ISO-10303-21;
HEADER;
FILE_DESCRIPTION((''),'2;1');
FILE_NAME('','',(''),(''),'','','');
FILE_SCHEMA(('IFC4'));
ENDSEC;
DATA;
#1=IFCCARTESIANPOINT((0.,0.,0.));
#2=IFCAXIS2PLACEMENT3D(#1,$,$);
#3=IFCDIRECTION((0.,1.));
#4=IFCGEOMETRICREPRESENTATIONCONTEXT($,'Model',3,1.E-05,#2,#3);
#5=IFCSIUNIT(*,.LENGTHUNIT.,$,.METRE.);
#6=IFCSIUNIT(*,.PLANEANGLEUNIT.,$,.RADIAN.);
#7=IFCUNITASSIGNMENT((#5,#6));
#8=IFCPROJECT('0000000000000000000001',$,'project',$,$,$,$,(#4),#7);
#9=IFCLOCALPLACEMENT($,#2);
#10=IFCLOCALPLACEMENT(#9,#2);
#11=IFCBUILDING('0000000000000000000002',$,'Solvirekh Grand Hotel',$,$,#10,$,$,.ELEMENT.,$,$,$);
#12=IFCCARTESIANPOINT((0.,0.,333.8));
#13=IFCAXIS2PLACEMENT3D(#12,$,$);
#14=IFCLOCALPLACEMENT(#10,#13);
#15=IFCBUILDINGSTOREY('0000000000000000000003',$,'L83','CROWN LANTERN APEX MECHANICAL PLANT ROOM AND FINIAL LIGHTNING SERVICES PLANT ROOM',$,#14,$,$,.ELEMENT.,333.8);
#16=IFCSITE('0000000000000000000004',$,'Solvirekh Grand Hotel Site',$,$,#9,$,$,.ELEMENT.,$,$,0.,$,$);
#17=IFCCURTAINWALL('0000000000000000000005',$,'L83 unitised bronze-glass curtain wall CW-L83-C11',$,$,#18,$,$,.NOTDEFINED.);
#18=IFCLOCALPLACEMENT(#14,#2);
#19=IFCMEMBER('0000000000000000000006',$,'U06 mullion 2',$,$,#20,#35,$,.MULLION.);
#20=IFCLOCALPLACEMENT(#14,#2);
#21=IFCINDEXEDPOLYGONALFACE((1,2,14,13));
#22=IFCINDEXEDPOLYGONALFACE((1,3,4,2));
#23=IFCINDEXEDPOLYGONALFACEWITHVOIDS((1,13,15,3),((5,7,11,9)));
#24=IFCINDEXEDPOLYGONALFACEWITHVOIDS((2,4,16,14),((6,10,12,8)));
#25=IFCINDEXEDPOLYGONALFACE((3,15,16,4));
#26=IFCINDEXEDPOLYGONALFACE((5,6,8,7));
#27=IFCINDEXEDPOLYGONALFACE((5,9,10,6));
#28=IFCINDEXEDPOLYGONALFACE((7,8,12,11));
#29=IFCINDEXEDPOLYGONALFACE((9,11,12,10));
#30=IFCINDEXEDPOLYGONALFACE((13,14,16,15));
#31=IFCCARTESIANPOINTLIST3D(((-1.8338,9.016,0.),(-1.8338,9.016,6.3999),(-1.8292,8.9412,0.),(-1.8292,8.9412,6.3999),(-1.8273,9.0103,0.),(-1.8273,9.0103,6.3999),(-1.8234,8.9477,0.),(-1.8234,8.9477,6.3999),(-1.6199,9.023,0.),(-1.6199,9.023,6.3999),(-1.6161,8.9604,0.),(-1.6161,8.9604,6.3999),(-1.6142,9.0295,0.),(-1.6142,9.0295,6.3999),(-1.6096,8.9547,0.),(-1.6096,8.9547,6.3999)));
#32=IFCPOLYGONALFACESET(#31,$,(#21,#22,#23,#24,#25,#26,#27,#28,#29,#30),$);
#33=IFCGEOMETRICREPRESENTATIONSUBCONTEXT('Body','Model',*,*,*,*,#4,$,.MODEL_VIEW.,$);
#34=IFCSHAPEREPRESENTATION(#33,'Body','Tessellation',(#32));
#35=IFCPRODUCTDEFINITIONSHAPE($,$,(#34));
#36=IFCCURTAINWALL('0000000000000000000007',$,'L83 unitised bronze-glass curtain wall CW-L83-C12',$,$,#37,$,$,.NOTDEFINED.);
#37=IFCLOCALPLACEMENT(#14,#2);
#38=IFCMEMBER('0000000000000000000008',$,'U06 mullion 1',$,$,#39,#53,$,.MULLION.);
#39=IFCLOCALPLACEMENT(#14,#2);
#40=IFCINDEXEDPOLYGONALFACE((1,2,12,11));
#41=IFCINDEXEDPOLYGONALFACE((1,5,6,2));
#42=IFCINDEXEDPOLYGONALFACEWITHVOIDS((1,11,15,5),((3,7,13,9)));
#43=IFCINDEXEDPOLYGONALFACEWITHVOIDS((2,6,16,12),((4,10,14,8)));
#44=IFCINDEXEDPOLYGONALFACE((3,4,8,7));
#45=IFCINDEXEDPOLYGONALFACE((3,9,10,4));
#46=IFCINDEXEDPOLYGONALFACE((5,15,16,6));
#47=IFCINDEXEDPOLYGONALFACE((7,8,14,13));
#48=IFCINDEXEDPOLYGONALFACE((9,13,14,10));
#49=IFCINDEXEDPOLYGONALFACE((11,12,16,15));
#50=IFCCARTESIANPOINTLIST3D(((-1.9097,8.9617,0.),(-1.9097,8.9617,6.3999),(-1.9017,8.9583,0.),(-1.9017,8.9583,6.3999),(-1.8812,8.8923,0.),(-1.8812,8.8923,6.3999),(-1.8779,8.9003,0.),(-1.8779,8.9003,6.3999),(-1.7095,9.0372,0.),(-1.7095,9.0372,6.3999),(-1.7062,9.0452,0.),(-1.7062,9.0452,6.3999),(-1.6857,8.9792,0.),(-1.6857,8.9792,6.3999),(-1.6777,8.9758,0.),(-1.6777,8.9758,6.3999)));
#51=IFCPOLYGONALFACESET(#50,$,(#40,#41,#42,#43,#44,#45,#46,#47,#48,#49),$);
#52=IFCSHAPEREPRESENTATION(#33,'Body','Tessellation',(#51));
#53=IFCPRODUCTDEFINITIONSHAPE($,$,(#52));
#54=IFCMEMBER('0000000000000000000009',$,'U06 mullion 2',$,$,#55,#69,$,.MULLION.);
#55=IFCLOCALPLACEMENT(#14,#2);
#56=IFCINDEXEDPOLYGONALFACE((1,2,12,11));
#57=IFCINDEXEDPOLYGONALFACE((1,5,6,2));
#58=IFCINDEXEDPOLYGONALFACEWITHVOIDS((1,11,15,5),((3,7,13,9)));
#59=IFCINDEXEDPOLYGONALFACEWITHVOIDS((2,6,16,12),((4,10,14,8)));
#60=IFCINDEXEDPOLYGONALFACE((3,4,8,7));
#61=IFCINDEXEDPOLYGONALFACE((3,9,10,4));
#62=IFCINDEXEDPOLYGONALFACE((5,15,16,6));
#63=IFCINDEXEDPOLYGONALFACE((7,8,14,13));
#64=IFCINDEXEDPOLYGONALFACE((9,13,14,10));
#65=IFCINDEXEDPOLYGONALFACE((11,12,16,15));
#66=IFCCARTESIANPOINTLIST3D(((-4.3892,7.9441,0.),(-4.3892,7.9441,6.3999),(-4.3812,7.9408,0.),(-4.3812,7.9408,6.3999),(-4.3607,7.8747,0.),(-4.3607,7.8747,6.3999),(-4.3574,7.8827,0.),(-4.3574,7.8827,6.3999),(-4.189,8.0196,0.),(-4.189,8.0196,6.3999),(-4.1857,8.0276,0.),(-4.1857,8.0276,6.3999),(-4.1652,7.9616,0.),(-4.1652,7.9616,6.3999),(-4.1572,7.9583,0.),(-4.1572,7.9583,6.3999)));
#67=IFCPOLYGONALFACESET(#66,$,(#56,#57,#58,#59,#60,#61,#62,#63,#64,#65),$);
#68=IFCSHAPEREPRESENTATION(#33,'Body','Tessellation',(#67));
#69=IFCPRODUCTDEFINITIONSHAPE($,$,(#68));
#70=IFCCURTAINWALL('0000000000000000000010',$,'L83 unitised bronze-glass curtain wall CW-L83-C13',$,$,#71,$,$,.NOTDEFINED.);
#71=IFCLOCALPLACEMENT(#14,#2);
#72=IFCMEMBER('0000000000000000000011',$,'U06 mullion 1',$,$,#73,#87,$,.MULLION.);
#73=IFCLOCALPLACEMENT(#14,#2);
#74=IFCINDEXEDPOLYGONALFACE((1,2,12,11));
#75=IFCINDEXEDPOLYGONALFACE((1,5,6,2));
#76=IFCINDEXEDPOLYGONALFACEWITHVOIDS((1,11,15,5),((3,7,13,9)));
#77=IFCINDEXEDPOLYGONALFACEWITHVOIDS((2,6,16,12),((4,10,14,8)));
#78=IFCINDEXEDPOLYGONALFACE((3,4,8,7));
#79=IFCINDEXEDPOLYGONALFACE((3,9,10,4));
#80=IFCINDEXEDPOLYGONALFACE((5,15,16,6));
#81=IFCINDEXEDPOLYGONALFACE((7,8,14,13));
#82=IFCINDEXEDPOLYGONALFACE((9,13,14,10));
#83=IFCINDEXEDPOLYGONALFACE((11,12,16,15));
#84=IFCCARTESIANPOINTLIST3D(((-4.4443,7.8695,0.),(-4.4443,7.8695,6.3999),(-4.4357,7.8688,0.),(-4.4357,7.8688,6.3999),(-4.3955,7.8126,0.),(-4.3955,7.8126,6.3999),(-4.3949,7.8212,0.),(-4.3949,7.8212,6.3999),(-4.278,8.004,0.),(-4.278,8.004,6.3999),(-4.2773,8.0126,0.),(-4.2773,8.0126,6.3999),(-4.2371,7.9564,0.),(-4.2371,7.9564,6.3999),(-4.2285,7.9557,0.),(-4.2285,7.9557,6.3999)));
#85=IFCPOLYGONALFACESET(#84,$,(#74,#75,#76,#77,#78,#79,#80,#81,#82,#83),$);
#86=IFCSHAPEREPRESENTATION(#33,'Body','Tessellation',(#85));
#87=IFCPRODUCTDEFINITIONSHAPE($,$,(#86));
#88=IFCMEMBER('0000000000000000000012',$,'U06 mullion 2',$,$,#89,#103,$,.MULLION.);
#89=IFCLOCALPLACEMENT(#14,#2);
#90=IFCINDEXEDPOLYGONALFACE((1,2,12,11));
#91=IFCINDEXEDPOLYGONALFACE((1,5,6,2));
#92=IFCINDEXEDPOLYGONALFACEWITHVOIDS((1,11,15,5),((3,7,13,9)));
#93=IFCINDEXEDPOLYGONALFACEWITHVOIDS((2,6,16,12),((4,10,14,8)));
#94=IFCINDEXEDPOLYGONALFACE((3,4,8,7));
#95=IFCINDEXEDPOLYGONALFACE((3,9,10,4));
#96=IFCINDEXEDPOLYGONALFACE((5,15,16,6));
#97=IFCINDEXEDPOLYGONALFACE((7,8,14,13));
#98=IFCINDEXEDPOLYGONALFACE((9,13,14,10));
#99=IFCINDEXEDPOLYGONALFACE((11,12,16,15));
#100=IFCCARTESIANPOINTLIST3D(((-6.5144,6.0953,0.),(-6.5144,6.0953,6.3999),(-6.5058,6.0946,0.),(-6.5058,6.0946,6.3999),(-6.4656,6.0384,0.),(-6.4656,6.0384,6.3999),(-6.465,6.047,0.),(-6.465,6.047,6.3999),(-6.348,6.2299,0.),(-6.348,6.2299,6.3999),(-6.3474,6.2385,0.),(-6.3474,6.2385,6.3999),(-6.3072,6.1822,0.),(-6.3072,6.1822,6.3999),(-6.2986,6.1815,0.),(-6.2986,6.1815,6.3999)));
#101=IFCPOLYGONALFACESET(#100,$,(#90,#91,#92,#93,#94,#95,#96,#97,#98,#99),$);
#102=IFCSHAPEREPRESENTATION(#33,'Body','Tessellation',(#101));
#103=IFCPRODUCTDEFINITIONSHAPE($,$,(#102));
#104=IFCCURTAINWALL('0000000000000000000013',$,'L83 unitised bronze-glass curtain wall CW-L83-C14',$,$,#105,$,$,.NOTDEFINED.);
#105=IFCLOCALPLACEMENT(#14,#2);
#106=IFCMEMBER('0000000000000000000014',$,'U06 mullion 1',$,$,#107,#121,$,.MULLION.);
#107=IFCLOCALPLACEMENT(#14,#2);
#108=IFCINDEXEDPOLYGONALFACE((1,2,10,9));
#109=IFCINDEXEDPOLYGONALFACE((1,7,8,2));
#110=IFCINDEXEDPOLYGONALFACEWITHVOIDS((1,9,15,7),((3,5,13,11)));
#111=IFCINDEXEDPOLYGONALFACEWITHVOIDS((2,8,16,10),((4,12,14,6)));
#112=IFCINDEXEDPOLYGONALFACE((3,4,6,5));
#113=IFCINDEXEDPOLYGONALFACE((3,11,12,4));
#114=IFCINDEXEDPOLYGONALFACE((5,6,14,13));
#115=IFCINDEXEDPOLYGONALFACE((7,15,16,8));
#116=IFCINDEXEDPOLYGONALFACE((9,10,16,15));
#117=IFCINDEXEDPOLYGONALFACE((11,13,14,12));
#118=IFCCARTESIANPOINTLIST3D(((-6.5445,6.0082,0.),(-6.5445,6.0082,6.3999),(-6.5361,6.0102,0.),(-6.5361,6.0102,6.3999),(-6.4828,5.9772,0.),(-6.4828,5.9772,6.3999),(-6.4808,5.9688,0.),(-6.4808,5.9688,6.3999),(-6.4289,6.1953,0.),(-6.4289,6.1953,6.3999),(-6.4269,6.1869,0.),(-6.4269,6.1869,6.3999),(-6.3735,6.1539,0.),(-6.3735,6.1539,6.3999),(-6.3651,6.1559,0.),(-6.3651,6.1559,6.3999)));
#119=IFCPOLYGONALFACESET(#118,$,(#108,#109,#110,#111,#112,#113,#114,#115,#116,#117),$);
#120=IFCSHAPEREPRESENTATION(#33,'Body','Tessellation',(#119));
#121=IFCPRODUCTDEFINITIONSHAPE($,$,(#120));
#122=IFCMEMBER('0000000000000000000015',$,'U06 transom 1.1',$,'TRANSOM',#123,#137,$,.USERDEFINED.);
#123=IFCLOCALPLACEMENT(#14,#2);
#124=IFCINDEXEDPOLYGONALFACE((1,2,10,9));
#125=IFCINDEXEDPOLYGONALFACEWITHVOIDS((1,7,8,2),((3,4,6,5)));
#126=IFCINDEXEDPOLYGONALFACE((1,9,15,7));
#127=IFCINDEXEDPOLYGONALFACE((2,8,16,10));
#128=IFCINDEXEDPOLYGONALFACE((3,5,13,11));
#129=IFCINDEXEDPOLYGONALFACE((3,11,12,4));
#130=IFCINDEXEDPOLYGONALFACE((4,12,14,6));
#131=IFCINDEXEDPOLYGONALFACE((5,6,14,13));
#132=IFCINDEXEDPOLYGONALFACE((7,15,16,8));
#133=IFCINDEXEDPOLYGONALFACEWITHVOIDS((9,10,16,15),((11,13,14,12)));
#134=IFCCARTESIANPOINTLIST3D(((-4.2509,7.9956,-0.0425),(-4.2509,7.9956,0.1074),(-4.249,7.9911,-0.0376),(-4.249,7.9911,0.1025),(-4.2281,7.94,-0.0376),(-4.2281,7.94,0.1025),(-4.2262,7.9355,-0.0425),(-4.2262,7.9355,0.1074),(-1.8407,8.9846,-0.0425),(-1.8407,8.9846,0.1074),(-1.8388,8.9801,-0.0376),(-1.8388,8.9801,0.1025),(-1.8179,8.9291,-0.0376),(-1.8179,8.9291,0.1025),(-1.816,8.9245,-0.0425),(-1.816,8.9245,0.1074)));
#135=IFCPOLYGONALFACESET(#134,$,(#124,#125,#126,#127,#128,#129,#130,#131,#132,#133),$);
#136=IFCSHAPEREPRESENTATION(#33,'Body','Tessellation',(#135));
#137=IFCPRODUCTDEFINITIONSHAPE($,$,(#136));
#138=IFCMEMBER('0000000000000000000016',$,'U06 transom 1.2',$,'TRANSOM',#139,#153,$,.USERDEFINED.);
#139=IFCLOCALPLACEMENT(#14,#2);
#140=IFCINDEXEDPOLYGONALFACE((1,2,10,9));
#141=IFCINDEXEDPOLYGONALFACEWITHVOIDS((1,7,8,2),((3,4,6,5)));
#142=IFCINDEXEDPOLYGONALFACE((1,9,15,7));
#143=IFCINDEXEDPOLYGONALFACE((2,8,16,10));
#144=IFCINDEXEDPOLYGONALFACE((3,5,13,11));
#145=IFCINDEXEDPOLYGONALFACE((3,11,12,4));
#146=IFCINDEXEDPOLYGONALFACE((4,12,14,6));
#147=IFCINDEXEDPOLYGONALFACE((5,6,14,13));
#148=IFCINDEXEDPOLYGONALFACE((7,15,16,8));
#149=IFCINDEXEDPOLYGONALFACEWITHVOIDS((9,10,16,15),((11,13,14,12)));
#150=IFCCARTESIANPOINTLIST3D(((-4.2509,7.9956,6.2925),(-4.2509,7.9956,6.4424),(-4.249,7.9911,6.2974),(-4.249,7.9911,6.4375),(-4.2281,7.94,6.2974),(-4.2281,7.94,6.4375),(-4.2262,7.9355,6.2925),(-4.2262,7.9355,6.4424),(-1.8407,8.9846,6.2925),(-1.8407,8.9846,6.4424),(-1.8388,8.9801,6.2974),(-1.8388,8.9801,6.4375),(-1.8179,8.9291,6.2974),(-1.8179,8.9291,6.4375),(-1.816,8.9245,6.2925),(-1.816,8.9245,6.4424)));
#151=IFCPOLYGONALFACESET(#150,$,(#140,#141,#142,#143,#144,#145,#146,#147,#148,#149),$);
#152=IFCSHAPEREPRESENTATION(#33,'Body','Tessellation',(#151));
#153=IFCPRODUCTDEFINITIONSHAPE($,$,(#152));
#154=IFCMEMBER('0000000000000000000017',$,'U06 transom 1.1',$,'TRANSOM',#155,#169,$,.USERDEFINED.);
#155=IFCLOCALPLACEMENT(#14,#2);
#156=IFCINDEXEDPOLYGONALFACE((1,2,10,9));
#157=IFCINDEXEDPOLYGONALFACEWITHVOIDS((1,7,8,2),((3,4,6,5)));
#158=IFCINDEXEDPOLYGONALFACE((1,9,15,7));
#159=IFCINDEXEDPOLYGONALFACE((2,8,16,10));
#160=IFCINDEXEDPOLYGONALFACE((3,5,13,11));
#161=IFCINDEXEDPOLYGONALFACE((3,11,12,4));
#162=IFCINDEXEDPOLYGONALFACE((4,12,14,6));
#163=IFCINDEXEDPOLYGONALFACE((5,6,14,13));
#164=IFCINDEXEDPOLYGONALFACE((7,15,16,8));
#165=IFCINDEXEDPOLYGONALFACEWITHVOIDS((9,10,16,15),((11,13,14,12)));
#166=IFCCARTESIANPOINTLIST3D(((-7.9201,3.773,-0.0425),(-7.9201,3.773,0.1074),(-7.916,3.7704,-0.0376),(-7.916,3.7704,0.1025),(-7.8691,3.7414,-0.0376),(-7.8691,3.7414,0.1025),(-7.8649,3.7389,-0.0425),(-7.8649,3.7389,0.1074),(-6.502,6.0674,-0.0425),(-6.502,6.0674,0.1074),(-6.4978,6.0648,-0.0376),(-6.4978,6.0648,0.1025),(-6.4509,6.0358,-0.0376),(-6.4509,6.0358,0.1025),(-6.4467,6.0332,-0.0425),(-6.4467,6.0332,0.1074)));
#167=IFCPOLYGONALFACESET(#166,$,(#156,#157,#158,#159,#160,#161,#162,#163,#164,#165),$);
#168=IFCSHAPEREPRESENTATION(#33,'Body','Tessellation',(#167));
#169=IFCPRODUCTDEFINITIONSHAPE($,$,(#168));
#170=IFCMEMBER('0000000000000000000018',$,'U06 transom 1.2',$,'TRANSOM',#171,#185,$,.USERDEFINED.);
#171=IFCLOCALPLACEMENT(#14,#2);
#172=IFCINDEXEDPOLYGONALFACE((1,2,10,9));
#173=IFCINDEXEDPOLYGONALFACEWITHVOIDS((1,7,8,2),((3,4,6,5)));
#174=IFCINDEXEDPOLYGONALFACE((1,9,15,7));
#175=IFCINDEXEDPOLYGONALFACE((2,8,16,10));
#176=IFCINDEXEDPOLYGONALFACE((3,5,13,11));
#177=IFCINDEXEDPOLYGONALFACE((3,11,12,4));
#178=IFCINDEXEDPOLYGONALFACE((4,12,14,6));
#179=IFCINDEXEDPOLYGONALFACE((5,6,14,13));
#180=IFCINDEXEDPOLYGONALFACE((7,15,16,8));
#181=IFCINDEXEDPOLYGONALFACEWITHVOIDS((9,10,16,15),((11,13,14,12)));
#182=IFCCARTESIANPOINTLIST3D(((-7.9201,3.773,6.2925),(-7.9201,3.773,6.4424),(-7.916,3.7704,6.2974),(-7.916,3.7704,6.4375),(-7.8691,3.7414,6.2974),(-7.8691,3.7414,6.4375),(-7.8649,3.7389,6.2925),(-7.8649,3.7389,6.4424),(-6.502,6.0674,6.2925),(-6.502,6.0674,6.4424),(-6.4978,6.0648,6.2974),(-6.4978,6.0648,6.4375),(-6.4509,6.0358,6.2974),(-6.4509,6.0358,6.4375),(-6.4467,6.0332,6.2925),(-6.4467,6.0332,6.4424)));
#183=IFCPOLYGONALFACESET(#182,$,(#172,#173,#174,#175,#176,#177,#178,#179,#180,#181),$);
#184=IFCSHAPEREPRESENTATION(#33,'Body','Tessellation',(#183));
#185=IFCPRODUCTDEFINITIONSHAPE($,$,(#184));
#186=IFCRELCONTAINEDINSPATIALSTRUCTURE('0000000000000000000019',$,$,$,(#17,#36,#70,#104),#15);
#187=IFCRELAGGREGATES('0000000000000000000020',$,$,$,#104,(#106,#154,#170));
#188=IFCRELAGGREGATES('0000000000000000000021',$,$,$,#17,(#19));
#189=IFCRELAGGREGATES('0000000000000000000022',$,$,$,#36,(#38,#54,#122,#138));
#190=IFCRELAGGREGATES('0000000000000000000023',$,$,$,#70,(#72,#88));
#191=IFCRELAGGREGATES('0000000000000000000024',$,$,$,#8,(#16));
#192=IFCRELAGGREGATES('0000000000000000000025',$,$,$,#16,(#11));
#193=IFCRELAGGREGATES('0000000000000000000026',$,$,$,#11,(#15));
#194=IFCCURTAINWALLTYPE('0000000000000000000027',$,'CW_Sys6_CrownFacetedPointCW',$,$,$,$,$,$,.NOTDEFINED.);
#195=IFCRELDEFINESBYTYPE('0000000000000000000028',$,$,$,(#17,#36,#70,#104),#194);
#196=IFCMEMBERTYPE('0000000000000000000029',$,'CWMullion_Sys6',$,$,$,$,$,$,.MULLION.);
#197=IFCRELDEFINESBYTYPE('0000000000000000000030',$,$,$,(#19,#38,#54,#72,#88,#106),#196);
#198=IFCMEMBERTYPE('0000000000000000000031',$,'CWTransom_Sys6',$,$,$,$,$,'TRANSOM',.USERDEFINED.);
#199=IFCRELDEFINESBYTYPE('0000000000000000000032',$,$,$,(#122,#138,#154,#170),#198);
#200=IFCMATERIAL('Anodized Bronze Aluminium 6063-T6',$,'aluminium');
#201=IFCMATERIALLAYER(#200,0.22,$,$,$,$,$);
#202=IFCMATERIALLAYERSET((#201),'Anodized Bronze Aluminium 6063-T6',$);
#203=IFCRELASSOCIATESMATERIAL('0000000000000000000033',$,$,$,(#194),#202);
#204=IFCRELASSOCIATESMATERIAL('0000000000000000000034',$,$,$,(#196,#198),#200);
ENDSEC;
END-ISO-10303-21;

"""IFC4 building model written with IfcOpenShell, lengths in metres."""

from ifc_helpers import new_model, si_unit, direction, frame, origin, origin_2d, place, context, subcontext, project, spatial, hollow_rectangle, extrude, source, transform, mapped, material, layer, layer_set, material_profile, profile_set, type_object, element, aggregate, save


model = new_model("IFC4")

# Units and contexts
model_context = context("Model", 3, precision=1e-05, world=origin(), true_north=direction((0.0, 1.0)))
body_context = subcontext(model_context, "Body", "Model", "MODEL_VIEW")
ifc_project = project(units=[si_unit("LENGTHUNIT", "METRE"), si_unit("PLANEANGLEUNIT", "RADIAN")], contexts=[model_context])

# Site, building, storey
site_placement = place(None, origin())
site = spatial("IfcSite", under=ifc_project, at=site_placement, Name="Solvirekh Grand Hotel Site", CompositionType="ELEMENT", RefElevation=0.0)
building_placement = place(site_placement, origin())
building = spatial("IfcBuilding", under=site, at=building_placement, Name="Solvirekh Grand Hotel", CompositionType="ELEMENT")
storey_placement = place(building_placement, frame((0.0, 0.0, 333.8)))
storey = spatial("IfcBuildingStorey", under=building, at=storey_placement, Name="L83", Description="CROWN LANTERN APEX MECHANICAL PLANT ROOM AND FINIAL LIGHTNING SERVICES PLANT ROOM", CompositionType="ELEMENT", Elevation=333.8)

# Curtain wall, member
ifc_material_1 = material(Name="Anodized Bronze Aluminium 6063-T6", Category="aluminium")
ifc_layer_1 = layer(ifc_material_1, 0.22)
ifc_layer_set_1 = layer_set([ifc_layer_1], Name="Anodized Bronze Aluminium 6063-T6")
curtain_wall_type = type_object("IfcCurtainWallType", Name="CW_Sys6_CrownFacetedPointCW", PredefinedType="NOTDEFINED", material=ifc_layer_set_1)
curtain_wall_1_placement = place(storey_placement, origin())
curtain_wall_1 = element("IfcCurtainWall", 1, at=curtain_wall_1_placement, inside=storey, type_object=curtain_wall_type, Name="L83 unitised bronze-glass curtain wall CW-L83-C11", PredefinedType="NOTDEFINED")
ifc_material_profile_1 = material_profile(ifc_material_1, hollow_rectangle(XDim=0.075, YDim=0.22, WallThickness=0.0061, at=origin_2d()), Name="ALU RHS 220X75X6")
ifc_profile_set_1 = profile_set([ifc_material_profile_1], Name="Anodized Bronze Aluminium 6063-T6")
member_type_1 = type_object("IfcMemberType", Name="CWMullion_Sys6", PredefinedType="MULLION", material=ifc_profile_set_1)
shared_shape_1 = source(origin(), body_context, "Body", "SweptSolid", [
    extrude(hollow_rectangle(XDim=0.075, YDim=0.22, WallThickness=0.0061, at=origin_2d()), origin(), (0.0, 0.0, 1.0), 6.3999),
])
member_1_placement = place(storey_placement, frame((-1.7217, 8.9854, 0.0), z_axis=(0.0, 0.0, 1.0), x_axis=(0.061259, -0.998122, 0.0)))
member_1 = element("IfcMember", 2, at=member_1_placement, type_object=member_type_1, Name="U06 mullion 2", PredefinedType="MULLION", context=body_context, shape_type="MappedRepresentation", body=[
    mapped(shared_shape_1, transform((0.0, 0.0, 0.0), x_axis=(1.0, 0.0, 0.0), y_axis=(0.0, 1.0, 0.0), z_axis=(0.0, 0.0, 1.0), scale=1.0)),
])

# Curtain walls, members
curtain_wall_2_placement = place(storey_placement, origin())
curtain_wall_2 = element("IfcCurtainWall", 3, at=curtain_wall_2_placement, inside=storey, type_object=curtain_wall_type, Name="L83 unitised bronze-glass curtain wall CW-L83-C12", PredefinedType="NOTDEFINED")
member_2_placement = place(storey_placement, frame((-1.7937, 8.9688, 0.0), z_axis=(0.0, 0.0, 1.0), x_axis=(0.379636, -0.925136, 0.0)))
member_2 = element("IfcMember", 4, at=member_2_placement, type_object=member_type_1, Name="U06 mullion 1", PredefinedType="MULLION", context=body_context, shape_type="MappedRepresentation", body=[
    mapped(shared_shape_1, transform((0.0, 0.0, 0.0), x_axis=(1.0, 0.0, 0.0), y_axis=(0.0, 1.0, 0.0), z_axis=(0.0, 0.0, 1.0), scale=1.0)),
])
member_3_placement = place(storey_placement, frame((-4.2732, 7.9512, 0.0), z_axis=(0.0, 0.0, 1.0), x_axis=(0.379636, -0.925136, 0.0)))
member_3 = element("IfcMember", 5, at=member_3_placement, type_object=member_type_1, Name="U06 mullion 2", PredefinedType="MULLION", context=body_context, shape_type="MappedRepresentation", body=[
    mapped(shared_shape_1, transform((0.0, 0.0, 0.0), x_axis=(1.0, 0.0, 0.0), y_axis=(0.0, 1.0, 0.0), z_axis=(0.0, 0.0, 1.0), scale=1.0)),
])
curtain_wall_3_placement = place(storey_placement, origin())
curtain_wall_3 = element("IfcCurtainWall", 6, at=curtain_wall_3_placement, inside=storey, type_object=curtain_wall_type, Name="L83 unitised bronze-glass curtain wall CW-L83-C13", PredefinedType="NOTDEFINED")
member_4_placement = place(storey_placement, frame((-4.3364, 7.9126, 0.0), z_axis=(0.0, 0.0, 1.0), x_axis=(0.650762, -0.759282, 0.0)))
member_4 = element("IfcMember", 7, at=member_4_placement, type_object=member_type_1, Name="U06 mullion 1", PredefinedType="MULLION", context=body_context, shape_type="MappedRepresentation", body=[
    mapped(shared_shape_1, transform((0.0, 0.0, 0.0), x_axis=(1.0, 0.0, 0.0), y_axis=(0.0, 1.0, 0.0), z_axis=(0.0, 0.0, 1.0), scale=1.0)),
])
member_5_placement = place(storey_placement, frame((-6.4065, 6.1384, 0.0), z_axis=(0.0, 0.0, 1.0), x_axis=(0.650762, -0.759282, 0.0)))
member_5 = element("IfcMember", 8, at=member_5_placement, type_object=member_type_1, Name="U06 mullion 2", PredefinedType="MULLION", context=body_context, shape_type="MappedRepresentation", body=[
    mapped(shared_shape_1, transform((0.0, 0.0, 0.0), x_axis=(1.0, 0.0, 0.0), y_axis=(0.0, 1.0, 0.0), z_axis=(0.0, 0.0, 1.0), scale=1.0)),
])

# Curtain wall, member
curtain_wall_4_placement = place(storey_placement, origin())
curtain_wall_4 = element("IfcCurtainWall", 9, at=curtain_wall_4_placement, inside=storey, type_object=curtain_wall_type, Name="L83 unitised bronze-glass curtain wall CW-L83-C14", PredefinedType="NOTDEFINED")
member_6_placement = place(storey_placement, frame((-6.4548, 6.082, 0.0), z_axis=(0.0, 0.0, 1.0), x_axis=(0.850632, -0.525762, 0.0)))
member_6 = element("IfcMember", 10, at=member_6_placement, type_object=member_type_1, Name="U06 mullion 1", PredefinedType="MULLION", context=body_context, shape_type="MappedRepresentation", body=[
    mapped(shared_shape_1, transform((0.0, 0.0, 0.0), x_axis=(1.0, 0.0, 0.0), y_axis=(0.0, 1.0, 0.0), z_axis=(0.0, 0.0, 1.0), scale=1.0)),
])

# Members
ifc_material_profile_2 = material_profile(ifc_material_1, hollow_rectangle(XDim=0.0649, YDim=0.1499, WallThickness=0.0049, at=origin_2d()), Name="ALU RHS 150X65X5")
ifc_profile_set_2 = profile_set([ifc_material_profile_2], Name="Anodized Bronze Aluminium 6063-T6")
member_type_2 = type_object("IfcMemberType", Name="CWTransom_Sys6", ElementType="TRANSOM", PredefinedType="USERDEFINED", material=ifc_profile_set_2)
shared_shape_2 = source(origin(), body_context, "Body", "SweptSolid", [
    extrude(hollow_rectangle(XDim=0.0649, YDim=0.1499, WallThickness=0.0049, at=origin_2d()), origin(), (0.0, 0.0, 1.0), 2.6052),
])
member_7_placement = place(storey_placement, frame((-1.8284, 8.9546, 0.0325), z_axis=(-0.925137, -0.379632, 0.0), x_axis=(0.379632, -0.925137, 0.0)))
member_7 = element("IfcMember", 11, at=member_7_placement, type_object=member_type_2, Name="U06 transom 1.1", ObjectType="TRANSOM", PredefinedType="USERDEFINED", context=body_context, shape_type="MappedRepresentation", body=[
    mapped(shared_shape_2, transform((0.0, 0.0, 0.0), x_axis=(1.0, 0.0, 0.0), y_axis=(0.0, 1.0, 0.0), z_axis=(0.0, 0.0, 1.0), scale=1.0)),
])
member_8_placement = place(storey_placement, frame((-1.8284, 8.9546, 6.3674), z_axis=(-0.925137, -0.379632, 0.0), x_axis=(0.379632, -0.925137, 0.0)))
member_8 = element("IfcMember", 12, at=member_8_placement, type_object=member_type_2, Name="U06 transom 1.2", ObjectType="TRANSOM", PredefinedType="USERDEFINED", context=body_context, shape_type="MappedRepresentation", body=[
    mapped(shared_shape_2, transform((0.0, 0.0, 0.0), x_axis=(1.0, 0.0, 0.0), y_axis=(0.0, 1.0, 0.0), z_axis=(0.0, 0.0, 1.0), scale=1.0)),
])
shared_shape_3 = source(origin(), body_context, "Body", "SweptSolid", [
    extrude(hollow_rectangle(XDim=0.0649, YDim=0.1499, WallThickness=0.0049, at=origin_2d()), origin(), (0.0, 0.0, 1.0), 2.6973),
])
member_9_placement = place(storey_placement, frame((-6.4744, 6.0503, 0.0325), z_axis=(-0.525778, -0.850622, 0.0), x_axis=(0.850622, -0.525778, 0.0)))
member_9 = element("IfcMember", 13, at=member_9_placement, type_object=member_type_2, Name="U06 transom 1.1", ObjectType="TRANSOM", PredefinedType="USERDEFINED", context=body_context, shape_type="MappedRepresentation", body=[
    mapped(shared_shape_3, transform((0.0, 0.0, 0.0), x_axis=(1.0, 0.0, 0.0), y_axis=(0.0, 1.0, 0.0), z_axis=(0.0, 0.0, 1.0), scale=1.0)),
])
member_10_placement = place(storey_placement, frame((-6.4744, 6.0503, 6.3674), z_axis=(-0.525778, -0.850622, 0.0), x_axis=(0.850622, -0.525778, 0.0)))
member_10 = element("IfcMember", 14, at=member_10_placement, type_object=member_type_2, Name="U06 transom 1.2", ObjectType="TRANSOM", PredefinedType="USERDEFINED", context=body_context, shape_type="MappedRepresentation", body=[
    mapped(shared_shape_3, transform((0.0, 0.0, 0.0), x_axis=(1.0, 0.0, 0.0), y_axis=(0.0, 1.0, 0.0), z_axis=(0.0, 0.0, 1.0), scale=1.0)),
])
aggregate(curtain_wall_4, [member_6, member_9, member_10])

aggregate(curtain_wall_1, [member_1])
aggregate(curtain_wall_2, [member_2, member_3, member_7, member_8])
aggregate(curtain_wall_3, [member_4, member_5])

save(model, "model.ifc")
